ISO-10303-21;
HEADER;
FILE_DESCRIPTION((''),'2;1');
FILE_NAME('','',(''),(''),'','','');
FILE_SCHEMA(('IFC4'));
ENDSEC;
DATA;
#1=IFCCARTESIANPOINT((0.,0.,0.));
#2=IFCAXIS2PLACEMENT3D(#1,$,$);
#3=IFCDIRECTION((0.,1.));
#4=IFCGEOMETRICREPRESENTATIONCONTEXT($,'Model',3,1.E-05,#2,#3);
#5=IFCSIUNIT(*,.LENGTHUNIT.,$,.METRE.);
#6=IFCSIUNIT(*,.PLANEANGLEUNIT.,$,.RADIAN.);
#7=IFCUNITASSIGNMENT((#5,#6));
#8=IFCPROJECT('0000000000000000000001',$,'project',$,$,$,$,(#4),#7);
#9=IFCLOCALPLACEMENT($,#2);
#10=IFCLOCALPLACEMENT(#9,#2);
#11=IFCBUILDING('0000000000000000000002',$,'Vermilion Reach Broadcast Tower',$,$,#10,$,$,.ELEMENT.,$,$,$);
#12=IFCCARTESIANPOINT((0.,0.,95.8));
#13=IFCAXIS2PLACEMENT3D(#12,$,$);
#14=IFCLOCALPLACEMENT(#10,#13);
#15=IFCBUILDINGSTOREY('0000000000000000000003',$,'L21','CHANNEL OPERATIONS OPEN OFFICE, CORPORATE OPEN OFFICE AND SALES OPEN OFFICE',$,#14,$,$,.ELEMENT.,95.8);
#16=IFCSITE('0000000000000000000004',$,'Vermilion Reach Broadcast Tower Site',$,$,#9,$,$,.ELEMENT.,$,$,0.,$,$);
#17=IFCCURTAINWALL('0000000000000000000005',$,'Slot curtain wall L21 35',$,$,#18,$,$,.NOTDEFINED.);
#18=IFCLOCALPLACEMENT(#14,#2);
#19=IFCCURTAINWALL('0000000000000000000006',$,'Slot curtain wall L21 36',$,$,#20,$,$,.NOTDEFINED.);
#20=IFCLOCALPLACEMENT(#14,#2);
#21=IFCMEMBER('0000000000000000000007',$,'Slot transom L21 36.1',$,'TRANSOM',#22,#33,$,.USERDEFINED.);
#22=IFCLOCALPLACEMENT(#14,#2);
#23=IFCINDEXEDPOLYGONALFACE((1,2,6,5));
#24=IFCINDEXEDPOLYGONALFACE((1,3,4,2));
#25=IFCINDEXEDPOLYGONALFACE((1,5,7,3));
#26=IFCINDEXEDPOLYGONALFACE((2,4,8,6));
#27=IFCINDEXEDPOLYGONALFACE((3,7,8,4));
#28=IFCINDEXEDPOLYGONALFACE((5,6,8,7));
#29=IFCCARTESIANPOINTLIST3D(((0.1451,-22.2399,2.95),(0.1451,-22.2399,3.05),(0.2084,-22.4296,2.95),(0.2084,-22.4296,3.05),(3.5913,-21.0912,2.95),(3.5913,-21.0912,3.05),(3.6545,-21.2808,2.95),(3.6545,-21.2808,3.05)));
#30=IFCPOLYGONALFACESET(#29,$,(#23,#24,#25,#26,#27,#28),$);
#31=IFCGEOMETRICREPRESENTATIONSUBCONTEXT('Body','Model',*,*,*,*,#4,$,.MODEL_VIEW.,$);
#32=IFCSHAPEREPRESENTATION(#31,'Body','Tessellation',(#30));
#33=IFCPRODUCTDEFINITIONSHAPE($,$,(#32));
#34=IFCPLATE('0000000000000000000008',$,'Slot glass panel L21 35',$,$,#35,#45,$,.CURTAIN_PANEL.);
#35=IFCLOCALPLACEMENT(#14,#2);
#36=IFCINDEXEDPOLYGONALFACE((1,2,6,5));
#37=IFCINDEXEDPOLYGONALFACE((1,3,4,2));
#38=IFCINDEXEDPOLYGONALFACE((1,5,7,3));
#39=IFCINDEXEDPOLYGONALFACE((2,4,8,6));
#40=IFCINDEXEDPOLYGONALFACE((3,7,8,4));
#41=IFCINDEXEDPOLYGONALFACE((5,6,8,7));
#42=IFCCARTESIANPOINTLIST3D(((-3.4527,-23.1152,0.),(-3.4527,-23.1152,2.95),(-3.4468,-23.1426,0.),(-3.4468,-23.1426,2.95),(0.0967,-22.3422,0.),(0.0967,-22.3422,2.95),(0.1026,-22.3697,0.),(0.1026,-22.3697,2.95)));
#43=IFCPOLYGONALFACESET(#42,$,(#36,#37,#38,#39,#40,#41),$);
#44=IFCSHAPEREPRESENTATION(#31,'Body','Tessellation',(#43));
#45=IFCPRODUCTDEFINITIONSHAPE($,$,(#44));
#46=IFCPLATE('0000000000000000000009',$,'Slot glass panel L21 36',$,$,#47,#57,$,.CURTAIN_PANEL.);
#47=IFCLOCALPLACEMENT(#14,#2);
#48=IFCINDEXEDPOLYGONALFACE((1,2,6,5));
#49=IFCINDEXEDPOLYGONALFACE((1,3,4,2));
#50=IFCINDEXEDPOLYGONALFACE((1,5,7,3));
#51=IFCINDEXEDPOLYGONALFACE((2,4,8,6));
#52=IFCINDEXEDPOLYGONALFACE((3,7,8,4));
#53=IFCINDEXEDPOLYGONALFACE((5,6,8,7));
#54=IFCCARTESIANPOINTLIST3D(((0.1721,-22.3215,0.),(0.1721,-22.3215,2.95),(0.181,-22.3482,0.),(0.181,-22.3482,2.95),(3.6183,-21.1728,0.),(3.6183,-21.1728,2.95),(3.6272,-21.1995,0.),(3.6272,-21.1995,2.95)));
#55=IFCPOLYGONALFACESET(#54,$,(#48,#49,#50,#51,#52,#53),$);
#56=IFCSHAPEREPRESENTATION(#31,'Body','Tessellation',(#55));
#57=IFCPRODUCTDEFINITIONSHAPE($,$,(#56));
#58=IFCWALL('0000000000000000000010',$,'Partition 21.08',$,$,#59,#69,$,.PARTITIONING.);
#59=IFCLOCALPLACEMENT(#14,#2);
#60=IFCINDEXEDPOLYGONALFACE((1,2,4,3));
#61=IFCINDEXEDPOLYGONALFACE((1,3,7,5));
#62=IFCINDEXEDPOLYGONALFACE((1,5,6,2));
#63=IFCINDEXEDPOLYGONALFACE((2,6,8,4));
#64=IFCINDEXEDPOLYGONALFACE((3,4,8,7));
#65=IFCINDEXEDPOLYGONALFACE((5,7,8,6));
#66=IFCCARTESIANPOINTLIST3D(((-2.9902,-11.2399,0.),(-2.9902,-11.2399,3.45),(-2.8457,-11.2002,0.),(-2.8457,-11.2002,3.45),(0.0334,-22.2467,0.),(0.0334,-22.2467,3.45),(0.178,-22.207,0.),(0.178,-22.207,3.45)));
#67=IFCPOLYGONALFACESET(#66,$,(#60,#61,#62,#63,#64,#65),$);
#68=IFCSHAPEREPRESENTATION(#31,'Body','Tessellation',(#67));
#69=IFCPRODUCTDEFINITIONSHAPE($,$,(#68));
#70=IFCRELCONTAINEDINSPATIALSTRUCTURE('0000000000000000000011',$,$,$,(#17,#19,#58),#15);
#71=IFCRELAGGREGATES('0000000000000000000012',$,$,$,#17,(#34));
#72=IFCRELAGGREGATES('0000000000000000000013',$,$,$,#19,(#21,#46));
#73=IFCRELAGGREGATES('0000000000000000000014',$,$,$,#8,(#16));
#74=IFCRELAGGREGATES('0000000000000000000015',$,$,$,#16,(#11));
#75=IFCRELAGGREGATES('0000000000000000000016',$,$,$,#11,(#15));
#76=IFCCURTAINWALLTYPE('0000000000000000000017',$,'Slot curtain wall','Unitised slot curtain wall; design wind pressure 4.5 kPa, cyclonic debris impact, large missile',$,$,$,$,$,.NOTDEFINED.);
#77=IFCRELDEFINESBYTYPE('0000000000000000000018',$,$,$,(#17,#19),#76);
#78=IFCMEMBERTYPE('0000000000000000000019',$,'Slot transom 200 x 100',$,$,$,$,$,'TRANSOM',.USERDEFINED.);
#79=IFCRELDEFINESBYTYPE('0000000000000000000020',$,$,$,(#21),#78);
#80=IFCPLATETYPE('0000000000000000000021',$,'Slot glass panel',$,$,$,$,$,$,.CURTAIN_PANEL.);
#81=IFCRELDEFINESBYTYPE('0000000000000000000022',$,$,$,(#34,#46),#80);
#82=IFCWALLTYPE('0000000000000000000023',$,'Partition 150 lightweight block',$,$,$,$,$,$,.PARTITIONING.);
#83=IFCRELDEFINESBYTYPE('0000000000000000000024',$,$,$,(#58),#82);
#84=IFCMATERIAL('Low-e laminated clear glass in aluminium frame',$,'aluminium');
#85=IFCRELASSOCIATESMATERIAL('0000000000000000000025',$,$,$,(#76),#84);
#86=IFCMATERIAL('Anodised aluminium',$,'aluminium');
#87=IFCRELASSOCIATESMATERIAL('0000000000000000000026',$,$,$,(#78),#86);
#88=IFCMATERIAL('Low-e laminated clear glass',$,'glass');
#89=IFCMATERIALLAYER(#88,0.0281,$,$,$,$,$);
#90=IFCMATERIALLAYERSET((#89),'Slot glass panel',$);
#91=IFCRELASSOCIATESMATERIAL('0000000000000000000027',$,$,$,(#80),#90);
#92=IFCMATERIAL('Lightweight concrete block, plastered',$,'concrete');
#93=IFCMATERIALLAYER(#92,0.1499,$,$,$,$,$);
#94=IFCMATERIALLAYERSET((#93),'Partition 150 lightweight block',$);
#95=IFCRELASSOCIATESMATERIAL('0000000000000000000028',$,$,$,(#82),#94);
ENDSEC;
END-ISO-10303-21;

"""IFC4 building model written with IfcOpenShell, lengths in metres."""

from ifc_helpers import new_model, si_unit, direction, frame, frame_2d, origin, origin_2d, place, context, subcontext, project, spatial, rectangle, extrude, material, layer, layer_set, material_profile, profile_set, type_object, element, aggregate, save


model = new_model("IFC4")

# Units and contexts
model_context = context("Model", 3, precision=1e-05, world=origin(), true_north=direction((0.0, 1.0)))
body_context = subcontext(model_context, "Body", "Model", "MODEL_VIEW")
ifc_project = project(units=[si_unit("LENGTHUNIT", "METRE"), si_unit("PLANEANGLEUNIT", "RADIAN")], contexts=[model_context])

# Site, building, storey
site_placement = place(None, origin())
site = spatial("IfcSite", under=ifc_project, at=site_placement, Name="Vermilion Reach Broadcast Tower Site", CompositionType="ELEMENT", RefElevation=0.0)
building_placement = place(site_placement, origin())
building = spatial("IfcBuilding", under=site, at=building_placement, Name="Vermilion Reach Broadcast Tower", CompositionType="ELEMENT")
storey_placement = place(building_placement, frame((0.0, 0.0, 95.8)))
storey = spatial("IfcBuildingStorey", under=building, at=storey_placement, Name="L21", Description="CHANNEL OPERATIONS OPEN OFFICE, CORPORATE OPEN OFFICE AND SALES OPEN OFFICE", CompositionType="ELEMENT", Elevation=95.8)

# Curtain walls
ifc_material_1 = material(Name="Low-e laminated clear glass in aluminium frame", Category="aluminium")
curtain_wall_type = type_object("IfcCurtainWallType", Name="Slot curtain wall", Description="Unitised slot curtain wall; design wind pressure 4.5 kPa, cyclonic debris impact, large missile", PredefinedType="NOTDEFINED", material=ifc_material_1)
placement = place(storey_placement, origin())
curtain_wall_1 = element("IfcCurtainWall", 1, at=placement, inside=storey, type_object=curtain_wall_type, Name="Slot curtain wall L21 35", PredefinedType="NOTDEFINED")
curtain_wall_2 = element("IfcCurtainWall", 2, at=placement, inside=storey, type_object=curtain_wall_type, Name="Slot curtain wall L21 36", PredefinedType="NOTDEFINED")

# Member
ifc_material_2 = material(Name="Anodised aluminium", Category="aluminium")
ifc_material_profile_1 = material_profile(ifc_material_2, rectangle(XDim=0.2, YDim=0.1001, at=origin_2d()), Name="Slot transom 200 x 100")
ifc_profile_set_1 = profile_set([ifc_material_profile_1], Name="Anodised aluminium")
member_type_1 = type_object("IfcMemberType", Name="Slot transom 200 x 100", ElementType="TRANSOM", PredefinedType="USERDEFINED", material=ifc_profile_set_1)
member_1_placement = place(storey_placement, frame((0.1768, -22.3347, 3.0), z_axis=(0.948683, 0.316228, 0.0), x_axis=(-0.316228, 0.948683, 0.0)))
member_1 = element("IfcMember", 3, at=member_1_placement, type_object=member_type_1, Name="Slot transom L21 36.1", ObjectType="TRANSOM", PredefinedType="USERDEFINED", context=body_context, shape_type="SweptSolid", body=[
    extrude(rectangle(XDim=0.2, YDim=0.1001, at=origin_2d()), origin(), (0.0, 0.0, 1.0), 3.6326),
])

# Plates
ifc_material_3 = material(Name="Low-e laminated clear glass", Category="glass")
ifc_layer_1 = layer(ifc_material_3, 0.0281)
ifc_layer_set_1 = layer_set([ifc_layer_1], Name="Slot glass panel")
plate_type = type_object("IfcPlateType", Name="Slot glass panel", PredefinedType="CURTAIN_PANEL", material=ifc_layer_set_1)
plate_1_placement = place(storey_placement, frame((-1.675, -22.7424, 0.0), z_axis=(0.0, 0.0, 1.0), x_axis=(0.977099, 0.212786, 0.0)))
plate_1 = element("IfcPlate", 4, at=plate_1_placement, type_object=plate_type, Name="Slot glass panel L21 35", PredefinedType="CURTAIN_PANEL", context=body_context, shape_type="SweptSolid", body=[
    extrude(rectangle(XDim=3.6326, YDim=0.0281, at=origin_2d()), origin(), (0.0, 0.0, 1.0), 2.95),
])
aggregate(curtain_wall_1, [plate_1])
plate_2_placement = place(storey_placement, frame((1.8997, -21.7605, 0.0), z_axis=(0.0, 0.0, 1.0), x_axis=(0.948687, 0.316217, 0.0)))
plate_2 = element("IfcPlate", 5, at=plate_2_placement, type_object=plate_type, Name="Slot glass panel L21 36", PredefinedType="CURTAIN_PANEL", context=body_context, shape_type="SweptSolid", body=[
    extrude(rectangle(XDim=3.6326, YDim=0.0281, at=origin_2d()), origin(), (0.0, 0.0, 1.0), 2.95),
])
aggregate(curtain_wall_2, [member_1, plate_2])

# Wall
ifc_material_4 = material(Name="Lightweight concrete block, plastered", Category="concrete")
ifc_layer_2 = layer(ifc_material_4, 0.1499)
ifc_layer_set_2 = layer_set([ifc_layer_2], Name="Partition 150 lightweight block")
wall_type = type_object("IfcWallType", Name="Partition 150 lightweight block", PredefinedType="PARTITIONING", material=ifc_layer_set_2)
wall_placement = place(storey_placement, frame((0.1057, -22.2268, 0.0), z_axis=(0.0, 0.0, 1.0), x_axis=(-0.264896, 0.964277, 0.0)))
element("IfcWall", 6, at=wall_placement, inside=storey, type_object=wall_type, Name="Partition 21.08", PredefinedType="PARTITIONING", context=body_context, shape_type="SweptSolid", body=[
    extrude(rectangle(XDim=11.4146, YDim=0.1499, at=frame_2d((5.7073, 0.0))), origin(), (0.0, 0.0, 1.0), 3.45),
])

save(model, "model.ifc")
